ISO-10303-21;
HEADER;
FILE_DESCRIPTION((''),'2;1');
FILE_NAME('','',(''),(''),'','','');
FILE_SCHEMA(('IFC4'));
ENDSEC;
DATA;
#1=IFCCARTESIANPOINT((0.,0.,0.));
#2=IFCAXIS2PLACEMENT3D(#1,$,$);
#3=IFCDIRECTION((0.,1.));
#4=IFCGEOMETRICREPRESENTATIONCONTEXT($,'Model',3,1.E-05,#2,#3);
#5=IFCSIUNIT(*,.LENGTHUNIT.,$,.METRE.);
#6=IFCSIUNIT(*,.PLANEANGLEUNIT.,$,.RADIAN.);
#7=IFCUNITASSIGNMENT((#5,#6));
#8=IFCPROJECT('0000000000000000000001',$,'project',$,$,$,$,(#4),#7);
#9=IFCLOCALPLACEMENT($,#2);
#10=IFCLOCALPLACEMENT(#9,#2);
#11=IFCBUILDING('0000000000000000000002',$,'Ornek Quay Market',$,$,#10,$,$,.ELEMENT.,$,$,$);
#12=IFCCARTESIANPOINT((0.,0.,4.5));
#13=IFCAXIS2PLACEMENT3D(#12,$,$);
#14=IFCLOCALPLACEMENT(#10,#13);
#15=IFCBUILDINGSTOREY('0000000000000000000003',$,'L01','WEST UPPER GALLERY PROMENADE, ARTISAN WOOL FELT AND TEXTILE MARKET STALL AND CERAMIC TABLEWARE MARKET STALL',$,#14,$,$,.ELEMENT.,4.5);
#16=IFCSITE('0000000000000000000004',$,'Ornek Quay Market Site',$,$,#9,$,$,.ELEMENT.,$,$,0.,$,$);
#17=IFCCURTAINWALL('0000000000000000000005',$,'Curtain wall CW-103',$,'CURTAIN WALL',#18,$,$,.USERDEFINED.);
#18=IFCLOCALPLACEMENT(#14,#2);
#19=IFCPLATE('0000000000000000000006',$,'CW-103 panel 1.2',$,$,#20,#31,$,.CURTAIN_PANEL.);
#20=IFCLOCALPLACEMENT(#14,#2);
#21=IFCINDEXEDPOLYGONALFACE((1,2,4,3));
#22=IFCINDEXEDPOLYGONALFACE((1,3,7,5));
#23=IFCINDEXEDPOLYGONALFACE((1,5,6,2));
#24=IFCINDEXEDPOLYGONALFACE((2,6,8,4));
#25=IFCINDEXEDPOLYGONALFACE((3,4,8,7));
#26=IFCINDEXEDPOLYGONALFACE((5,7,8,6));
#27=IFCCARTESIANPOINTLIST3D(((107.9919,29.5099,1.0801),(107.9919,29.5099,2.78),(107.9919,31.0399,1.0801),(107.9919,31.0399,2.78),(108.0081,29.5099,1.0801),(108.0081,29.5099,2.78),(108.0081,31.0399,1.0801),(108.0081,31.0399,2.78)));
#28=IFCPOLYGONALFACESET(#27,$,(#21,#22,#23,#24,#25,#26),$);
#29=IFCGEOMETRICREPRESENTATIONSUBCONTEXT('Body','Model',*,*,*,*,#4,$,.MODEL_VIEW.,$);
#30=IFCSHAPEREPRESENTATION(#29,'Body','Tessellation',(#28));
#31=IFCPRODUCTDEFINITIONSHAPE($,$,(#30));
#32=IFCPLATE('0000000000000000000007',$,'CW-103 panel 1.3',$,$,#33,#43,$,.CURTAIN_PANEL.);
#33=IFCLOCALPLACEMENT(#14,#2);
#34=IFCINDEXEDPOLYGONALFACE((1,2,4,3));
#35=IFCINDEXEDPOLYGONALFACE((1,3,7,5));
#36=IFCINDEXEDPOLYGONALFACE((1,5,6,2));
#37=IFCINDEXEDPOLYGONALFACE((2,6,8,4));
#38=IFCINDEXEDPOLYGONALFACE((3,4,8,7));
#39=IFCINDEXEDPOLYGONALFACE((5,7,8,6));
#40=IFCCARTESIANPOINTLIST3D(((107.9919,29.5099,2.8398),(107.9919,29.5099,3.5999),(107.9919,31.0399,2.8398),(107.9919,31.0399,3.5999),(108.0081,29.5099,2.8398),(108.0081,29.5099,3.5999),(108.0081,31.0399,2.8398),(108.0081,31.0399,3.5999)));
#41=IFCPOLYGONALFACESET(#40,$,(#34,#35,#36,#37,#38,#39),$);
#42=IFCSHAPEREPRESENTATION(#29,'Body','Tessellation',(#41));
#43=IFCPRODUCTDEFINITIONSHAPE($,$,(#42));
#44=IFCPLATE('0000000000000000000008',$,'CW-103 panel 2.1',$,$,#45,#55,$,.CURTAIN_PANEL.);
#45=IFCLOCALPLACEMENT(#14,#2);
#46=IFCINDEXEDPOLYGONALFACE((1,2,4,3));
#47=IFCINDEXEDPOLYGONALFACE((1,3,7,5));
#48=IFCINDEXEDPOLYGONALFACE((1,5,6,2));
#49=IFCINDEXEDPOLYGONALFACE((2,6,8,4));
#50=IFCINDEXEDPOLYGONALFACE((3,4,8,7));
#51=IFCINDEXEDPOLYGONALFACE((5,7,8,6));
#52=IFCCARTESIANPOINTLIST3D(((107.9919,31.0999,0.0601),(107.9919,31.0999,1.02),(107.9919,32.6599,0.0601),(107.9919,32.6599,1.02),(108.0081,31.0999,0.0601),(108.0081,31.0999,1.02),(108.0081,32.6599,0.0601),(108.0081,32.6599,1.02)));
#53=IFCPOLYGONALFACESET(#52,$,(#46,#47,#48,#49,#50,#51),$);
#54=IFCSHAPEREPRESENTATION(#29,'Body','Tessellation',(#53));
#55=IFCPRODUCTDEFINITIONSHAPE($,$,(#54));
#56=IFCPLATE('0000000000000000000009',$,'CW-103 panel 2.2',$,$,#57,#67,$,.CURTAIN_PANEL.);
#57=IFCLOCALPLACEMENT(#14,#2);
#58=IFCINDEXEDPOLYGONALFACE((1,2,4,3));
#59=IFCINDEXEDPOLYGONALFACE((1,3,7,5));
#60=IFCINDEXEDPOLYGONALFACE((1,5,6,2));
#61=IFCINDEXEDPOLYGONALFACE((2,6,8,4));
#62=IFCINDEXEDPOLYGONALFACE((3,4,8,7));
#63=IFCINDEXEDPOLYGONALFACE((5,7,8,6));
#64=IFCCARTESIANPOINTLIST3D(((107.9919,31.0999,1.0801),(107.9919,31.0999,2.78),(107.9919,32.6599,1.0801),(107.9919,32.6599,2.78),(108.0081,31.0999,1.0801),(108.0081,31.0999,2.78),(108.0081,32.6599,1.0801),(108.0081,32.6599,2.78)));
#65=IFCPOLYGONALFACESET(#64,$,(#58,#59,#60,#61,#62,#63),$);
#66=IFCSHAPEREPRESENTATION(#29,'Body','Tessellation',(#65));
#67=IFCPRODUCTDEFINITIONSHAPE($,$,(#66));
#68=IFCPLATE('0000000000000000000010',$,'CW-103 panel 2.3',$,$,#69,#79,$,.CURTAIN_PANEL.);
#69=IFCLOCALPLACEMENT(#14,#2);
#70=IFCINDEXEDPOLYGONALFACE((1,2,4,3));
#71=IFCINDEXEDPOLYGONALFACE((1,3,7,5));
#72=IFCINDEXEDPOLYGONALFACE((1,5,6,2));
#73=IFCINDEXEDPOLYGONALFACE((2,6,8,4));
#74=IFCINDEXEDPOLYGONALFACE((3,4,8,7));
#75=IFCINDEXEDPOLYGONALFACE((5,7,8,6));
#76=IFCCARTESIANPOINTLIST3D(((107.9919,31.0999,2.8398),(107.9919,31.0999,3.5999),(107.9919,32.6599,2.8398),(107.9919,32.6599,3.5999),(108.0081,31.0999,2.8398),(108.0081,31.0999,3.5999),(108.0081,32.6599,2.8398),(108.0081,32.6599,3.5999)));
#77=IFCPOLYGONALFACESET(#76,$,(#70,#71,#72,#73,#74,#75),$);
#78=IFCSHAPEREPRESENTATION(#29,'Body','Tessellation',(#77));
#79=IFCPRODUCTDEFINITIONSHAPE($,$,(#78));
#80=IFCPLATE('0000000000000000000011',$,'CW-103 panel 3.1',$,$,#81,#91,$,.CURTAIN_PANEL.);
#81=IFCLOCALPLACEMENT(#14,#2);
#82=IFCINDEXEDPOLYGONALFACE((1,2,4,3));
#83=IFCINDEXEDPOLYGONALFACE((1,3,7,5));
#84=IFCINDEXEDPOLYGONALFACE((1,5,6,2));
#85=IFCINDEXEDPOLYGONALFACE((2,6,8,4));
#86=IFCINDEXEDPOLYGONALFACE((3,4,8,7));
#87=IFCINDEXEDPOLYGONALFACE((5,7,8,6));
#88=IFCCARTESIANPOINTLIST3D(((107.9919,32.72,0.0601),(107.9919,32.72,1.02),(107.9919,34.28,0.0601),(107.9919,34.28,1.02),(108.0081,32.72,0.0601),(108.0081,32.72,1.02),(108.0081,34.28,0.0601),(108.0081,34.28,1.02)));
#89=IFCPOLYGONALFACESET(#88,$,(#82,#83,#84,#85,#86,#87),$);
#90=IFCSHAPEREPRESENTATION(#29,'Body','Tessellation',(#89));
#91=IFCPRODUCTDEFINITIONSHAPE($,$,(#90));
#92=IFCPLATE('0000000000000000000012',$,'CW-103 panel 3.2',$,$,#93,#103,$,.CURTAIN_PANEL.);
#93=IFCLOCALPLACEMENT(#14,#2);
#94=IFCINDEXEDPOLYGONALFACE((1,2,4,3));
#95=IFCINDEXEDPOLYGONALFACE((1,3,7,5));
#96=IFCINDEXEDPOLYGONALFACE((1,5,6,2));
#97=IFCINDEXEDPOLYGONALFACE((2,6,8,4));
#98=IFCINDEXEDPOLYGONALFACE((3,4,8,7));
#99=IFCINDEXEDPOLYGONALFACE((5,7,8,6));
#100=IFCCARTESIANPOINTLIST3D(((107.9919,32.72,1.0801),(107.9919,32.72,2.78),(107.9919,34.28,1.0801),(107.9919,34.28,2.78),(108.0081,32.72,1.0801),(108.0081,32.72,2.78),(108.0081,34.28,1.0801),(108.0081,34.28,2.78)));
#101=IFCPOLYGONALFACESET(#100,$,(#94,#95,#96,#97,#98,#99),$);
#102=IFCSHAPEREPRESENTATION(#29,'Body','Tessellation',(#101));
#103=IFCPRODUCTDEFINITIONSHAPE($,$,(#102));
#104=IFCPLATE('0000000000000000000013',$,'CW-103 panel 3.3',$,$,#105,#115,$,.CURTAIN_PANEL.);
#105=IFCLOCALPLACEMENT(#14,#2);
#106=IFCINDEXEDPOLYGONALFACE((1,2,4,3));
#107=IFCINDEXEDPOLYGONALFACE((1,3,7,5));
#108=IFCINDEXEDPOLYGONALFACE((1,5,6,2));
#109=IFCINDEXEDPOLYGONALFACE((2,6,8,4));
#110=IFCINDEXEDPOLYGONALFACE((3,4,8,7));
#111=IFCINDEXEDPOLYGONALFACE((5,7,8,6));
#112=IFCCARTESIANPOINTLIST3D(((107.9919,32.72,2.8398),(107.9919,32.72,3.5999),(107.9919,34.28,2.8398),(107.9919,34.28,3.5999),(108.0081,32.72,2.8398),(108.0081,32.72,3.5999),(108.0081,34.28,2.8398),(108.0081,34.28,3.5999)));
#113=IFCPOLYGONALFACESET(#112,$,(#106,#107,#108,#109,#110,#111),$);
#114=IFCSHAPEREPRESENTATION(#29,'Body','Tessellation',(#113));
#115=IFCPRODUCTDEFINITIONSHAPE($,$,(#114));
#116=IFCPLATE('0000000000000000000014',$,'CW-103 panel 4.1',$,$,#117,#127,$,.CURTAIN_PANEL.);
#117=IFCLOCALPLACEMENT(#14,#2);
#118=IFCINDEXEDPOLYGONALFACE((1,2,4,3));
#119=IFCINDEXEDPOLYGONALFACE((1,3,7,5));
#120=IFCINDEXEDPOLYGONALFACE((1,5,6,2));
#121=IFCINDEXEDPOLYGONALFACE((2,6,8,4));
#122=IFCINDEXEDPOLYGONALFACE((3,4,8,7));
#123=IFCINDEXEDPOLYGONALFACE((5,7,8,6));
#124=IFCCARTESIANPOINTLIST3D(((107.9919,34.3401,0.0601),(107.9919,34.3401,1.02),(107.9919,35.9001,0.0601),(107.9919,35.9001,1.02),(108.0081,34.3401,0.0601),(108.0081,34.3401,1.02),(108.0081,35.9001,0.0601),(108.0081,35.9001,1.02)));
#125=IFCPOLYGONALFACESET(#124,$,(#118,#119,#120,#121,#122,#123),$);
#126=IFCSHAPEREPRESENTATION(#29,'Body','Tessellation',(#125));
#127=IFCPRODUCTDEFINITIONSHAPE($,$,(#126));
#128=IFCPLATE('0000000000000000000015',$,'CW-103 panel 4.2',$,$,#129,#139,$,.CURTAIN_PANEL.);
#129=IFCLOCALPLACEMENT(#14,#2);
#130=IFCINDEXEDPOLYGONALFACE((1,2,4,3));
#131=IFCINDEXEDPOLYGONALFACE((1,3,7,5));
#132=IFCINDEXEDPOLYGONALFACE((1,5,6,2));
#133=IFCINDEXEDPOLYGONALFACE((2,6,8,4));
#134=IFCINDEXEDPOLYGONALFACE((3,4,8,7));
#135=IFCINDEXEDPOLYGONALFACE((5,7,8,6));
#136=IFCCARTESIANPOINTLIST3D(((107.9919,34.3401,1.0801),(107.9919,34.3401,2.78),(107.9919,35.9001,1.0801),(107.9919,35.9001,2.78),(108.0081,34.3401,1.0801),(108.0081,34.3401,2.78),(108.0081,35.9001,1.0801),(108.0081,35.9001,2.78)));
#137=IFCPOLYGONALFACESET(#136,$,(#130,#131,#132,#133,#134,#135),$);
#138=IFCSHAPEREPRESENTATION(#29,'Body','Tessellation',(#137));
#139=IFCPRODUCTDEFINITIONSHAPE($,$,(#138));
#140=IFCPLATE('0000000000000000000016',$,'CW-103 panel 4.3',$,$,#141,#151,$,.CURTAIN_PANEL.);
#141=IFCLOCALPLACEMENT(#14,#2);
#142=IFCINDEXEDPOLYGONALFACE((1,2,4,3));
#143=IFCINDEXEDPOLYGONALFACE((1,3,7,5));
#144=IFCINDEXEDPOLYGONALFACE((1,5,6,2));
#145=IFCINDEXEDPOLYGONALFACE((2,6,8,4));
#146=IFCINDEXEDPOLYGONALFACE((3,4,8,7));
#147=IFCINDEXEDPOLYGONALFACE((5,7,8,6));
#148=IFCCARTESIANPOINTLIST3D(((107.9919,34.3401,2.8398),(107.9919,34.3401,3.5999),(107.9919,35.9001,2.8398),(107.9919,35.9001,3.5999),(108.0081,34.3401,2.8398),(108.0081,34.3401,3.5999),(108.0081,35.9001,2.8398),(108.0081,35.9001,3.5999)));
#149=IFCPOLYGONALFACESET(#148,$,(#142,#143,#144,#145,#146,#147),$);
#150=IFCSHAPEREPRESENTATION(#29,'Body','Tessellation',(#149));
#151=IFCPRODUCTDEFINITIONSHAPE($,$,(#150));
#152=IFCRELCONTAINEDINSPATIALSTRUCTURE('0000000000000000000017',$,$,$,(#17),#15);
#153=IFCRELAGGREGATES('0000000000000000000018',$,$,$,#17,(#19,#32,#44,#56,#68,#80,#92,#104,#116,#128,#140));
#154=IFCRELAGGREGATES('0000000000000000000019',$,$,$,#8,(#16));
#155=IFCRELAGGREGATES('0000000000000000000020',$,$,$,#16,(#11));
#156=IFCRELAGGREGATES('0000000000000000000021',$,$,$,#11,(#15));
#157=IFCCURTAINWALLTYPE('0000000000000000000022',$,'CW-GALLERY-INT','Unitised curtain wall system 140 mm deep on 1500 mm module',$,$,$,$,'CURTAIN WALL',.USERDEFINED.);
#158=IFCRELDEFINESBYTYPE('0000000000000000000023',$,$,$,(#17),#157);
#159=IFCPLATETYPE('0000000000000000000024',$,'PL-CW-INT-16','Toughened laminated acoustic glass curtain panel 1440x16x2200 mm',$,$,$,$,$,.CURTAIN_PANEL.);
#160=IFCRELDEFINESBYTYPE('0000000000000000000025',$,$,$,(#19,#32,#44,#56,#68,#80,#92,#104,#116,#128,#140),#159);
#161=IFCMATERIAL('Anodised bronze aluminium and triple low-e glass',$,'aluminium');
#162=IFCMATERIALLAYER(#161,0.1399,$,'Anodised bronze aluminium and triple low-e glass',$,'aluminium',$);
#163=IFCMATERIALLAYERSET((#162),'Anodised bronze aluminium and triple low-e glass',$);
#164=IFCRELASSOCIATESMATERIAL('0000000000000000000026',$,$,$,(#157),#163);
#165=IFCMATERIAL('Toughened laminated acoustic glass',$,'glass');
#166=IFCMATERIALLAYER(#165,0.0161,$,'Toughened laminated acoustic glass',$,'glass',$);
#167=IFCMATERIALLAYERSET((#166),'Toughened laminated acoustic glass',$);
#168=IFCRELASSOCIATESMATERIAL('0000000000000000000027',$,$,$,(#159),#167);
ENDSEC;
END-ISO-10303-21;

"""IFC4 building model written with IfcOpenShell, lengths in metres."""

from ifc_helpers import new_model, si_unit, direction, frame, origin, origin_2d, place, context, subcontext, project, spatial, rectangle, extrude, material, layer, layer_set, type_object, element, aggregate, save


model = new_model("IFC4")

# Units and contexts
model_context = context("Model", 3, precision=1e-05, world=origin(), true_north=direction((0.0, 1.0)))
body_context = subcontext(model_context, "Body", "Model", "MODEL_VIEW")
ifc_project = project(units=[si_unit("LENGTHUNIT", "METRE"), si_unit("PLANEANGLEUNIT", "RADIAN")], contexts=[model_context])

# Site, building, storey
site_placement = place(None, origin())
site = spatial("IfcSite", under=ifc_project, at=site_placement, Name="Ornek Quay Market Site", CompositionType="ELEMENT", RefElevation=0.0)
building_placement = place(site_placement, origin())
building = spatial("IfcBuilding", under=site, at=building_placement, Name="Ornek Quay Market", CompositionType="ELEMENT")
storey_placement = place(building_placement, frame((0.0, 0.0, 4.5)))
storey = spatial("IfcBuildingStorey", under=building, at=storey_placement, Name="L01", Description="WEST UPPER GALLERY PROMENADE, ARTISAN WOOL FELT AND TEXTILE MARKET STALL AND CERAMIC TABLEWARE MARKET STALL", CompositionType="ELEMENT", Elevation=4.5)

# Curtain wall, plates
ifc_material_1 = material(Name="Anodised bronze aluminium and triple low-e glass", Category="aluminium")
ifc_layer_1 = layer(ifc_material_1, 0.1399, Name="Anodised bronze aluminium and triple low-e glass", Category="aluminium")
ifc_layer_set_1 = layer_set([ifc_layer_1], Name="Anodised bronze aluminium and triple low-e glass")
curtain_wall_type = type_object("IfcCurtainWallType", Name="CW-GALLERY-INT", Description="Unitised curtain wall system 140 mm deep on 1500 mm module", ElementType="CURTAIN WALL", PredefinedType="USERDEFINED", material=ifc_layer_set_1)
curtain_wall_placement = place(storey_placement, origin())
curtain_wall = element("IfcCurtainWall", 1, at=curtain_wall_placement, inside=storey, type_object=curtain_wall_type, Name="Curtain wall CW-103", ObjectType="CURTAIN WALL", PredefinedType="USERDEFINED")
ifc_material_2 = material(Name="Toughened laminated acoustic glass", Category="glass")
ifc_layer_2 = layer(ifc_material_2, 0.0161, Name="Toughened laminated acoustic glass", Category="glass")
ifc_layer_set_2 = layer_set([ifc_layer_2], Name="Toughened laminated acoustic glass")
plate_type = type_object("IfcPlateType", Name="PL-CW-INT-16", Description="Toughened laminated acoustic glass curtain panel 1440x16x2200 mm", PredefinedType="CURTAIN_PANEL", material=ifc_layer_set_2)
plate_1_placement = place(storey_placement, frame((108.0, 30.2749, 1.0801), z_axis=(0.0, 0.0, 1.0), x_axis=(0.0, 1.0, 0.0)))
plate_1 = element("IfcPlate", 2, at=plate_1_placement, type_object=plate_type, Name="CW-103 panel 1.2", PredefinedType="CURTAIN_PANEL", context=body_context, shape_type="SweptSolid", body=[
    extrude(rectangle(XDim=1.53, YDim=0.0161, at=origin_2d()), origin(), (0.0, 0.0, 1.0), 1.7),
])
plate_2_placement = place(storey_placement, frame((108.0, 30.2749, 2.8398), z_axis=(0.0, 0.0, 1.0), x_axis=(0.0, 1.0, 0.0)))
plate_2 = element("IfcPlate", 3, at=plate_2_placement, type_object=plate_type, Name="CW-103 panel 1.3", PredefinedType="CURTAIN_PANEL", context=body_context, shape_type="SweptSolid", body=[
    extrude(rectangle(XDim=1.53, YDim=0.0161, at=origin_2d()), origin(), (0.0, 0.0, 1.0), 0.76),
])
plate_3_placement = place(storey_placement, frame((108.0, 31.8799, 0.0601), z_axis=(0.0, 0.0, 1.0), x_axis=(0.0, 1.0, 0.0)))
plate_3 = element("IfcPlate", 4, at=plate_3_placement, type_object=plate_type, Name="CW-103 panel 2.1", PredefinedType="CURTAIN_PANEL", context=body_context, shape_type="SweptSolid", body=[
    extrude(rectangle(XDim=1.5601, YDim=0.0161, at=origin_2d()), origin(), (0.0, 0.0, 1.0), 0.96),
])
plate_4_placement = place(storey_placement, frame((108.0, 31.8799, 1.0801), z_axis=(0.0, 0.0, 1.0), x_axis=(0.0, 1.0, 0.0)))
plate_4 = element("IfcPlate", 5, at=plate_4_placement, type_object=plate_type, Name="CW-103 panel 2.2", PredefinedType="CURTAIN_PANEL", context=body_context, shape_type="SweptSolid", body=[
    extrude(rectangle(XDim=1.5601, YDim=0.0161, at=origin_2d()), origin(), (0.0, 0.0, 1.0), 1.7),
])
plate_5_placement = place(storey_placement, frame((108.0, 31.8799, 2.8398), z_axis=(0.0, 0.0, 1.0), x_axis=(0.0, 1.0, 0.0)))
plate_5 = element("IfcPlate", 6, at=plate_5_placement, type_object=plate_type, Name="CW-103 panel 2.3", PredefinedType="CURTAIN_PANEL", context=body_context, shape_type="SweptSolid", body=[
    extrude(rectangle(XDim=1.5601, YDim=0.0161, at=origin_2d()), origin(), (0.0, 0.0, 1.0), 0.76),
])
plate_6_placement = place(storey_placement, frame((108.0, 33.5, 0.0601), z_axis=(0.0, 0.0, 1.0), x_axis=(0.0, 1.0, 0.0)))
plate_6 = element("IfcPlate", 7, at=plate_6_placement, type_object=plate_type, Name="CW-103 panel 3.1", PredefinedType="CURTAIN_PANEL", context=body_context, shape_type="SweptSolid", body=[
    extrude(rectangle(XDim=1.5601, YDim=0.0161, at=origin_2d()), origin(), (0.0, 0.0, 1.0), 0.96),
])
plate_7_placement = place(storey_placement, frame((108.0, 33.5, 1.0801), z_axis=(0.0, 0.0, 1.0), x_axis=(0.0, 1.0, 0.0)))
plate_7 = element("IfcPlate", 8, at=plate_7_placement, type_object=plate_type, Name="CW-103 panel 3.2", PredefinedType="CURTAIN_PANEL", context=body_context, shape_type="SweptSolid", body=[
    extrude(rectangle(XDim=1.5601, YDim=0.0161, at=origin_2d()), origin(), (0.0, 0.0, 1.0), 1.7),
])
plate_8_placement = place(storey_placement, frame((108.0, 33.5, 2.8398), z_axis=(0.0, 0.0, 1.0), x_axis=(0.0, 1.0, 0.0)))
plate_8 = element("IfcPlate", 9, at=plate_8_placement, type_object=plate_type, Name="CW-103 panel 3.3", PredefinedType="CURTAIN_PANEL", context=body_context, shape_type="SweptSolid", body=[
    extrude(rectangle(XDim=1.5601, YDim=0.0161, at=origin_2d()), origin(), (0.0, 0.0, 1.0), 0.76),
])
plate_9_placement = place(storey_placement, frame((108.0, 35.1201, 0.0601), z_axis=(0.0, 0.0, 1.0), x_axis=(0.0, 1.0, 0.0)))
plate_9 = element("IfcPlate", 10, at=plate_9_placement, type_object=plate_type, Name="CW-103 panel 4.1", PredefinedType="CURTAIN_PANEL", context=body_context, shape_type="SweptSolid", body=[
    extrude(rectangle(XDim=1.5601, YDim=0.0161, at=origin_2d()), origin(), (0.0, 0.0, 1.0), 0.96),
])
plate_10_placement = place(storey_placement, frame((108.0, 35.1201, 1.0801), z_axis=(0.0, 0.0, 1.0), x_axis=(0.0, 1.0, 0.0)))
plate_10 = element("IfcPlate", 11, at=plate_10_placement, type_object=plate_type, Name="CW-103 panel 4.2", PredefinedType="CURTAIN_PANEL", context=body_context, shape_type="SweptSolid", body=[
    extrude(rectangle(XDim=1.5601, YDim=0.0161, at=origin_2d()), origin(), (0.0, 0.0, 1.0), 1.7),
])
plate_11_placement = place(storey_placement, frame((108.0, 35.1201, 2.8398), z_axis=(0.0, 0.0, 1.0), x_axis=(0.0, 1.0, 0.0)))
plate_11 = element("IfcPlate", 12, at=plate_11_placement, type_object=plate_type, Name="CW-103 panel 4.3", PredefinedType="CURTAIN_PANEL", context=body_context, shape_type="SweptSolid", body=[
    extrude(rectangle(XDim=1.5601, YDim=0.0161, at=origin_2d()), origin(), (0.0, 0.0, 1.0), 0.76),
])
aggregate(curtain_wall, [plate_1, plate_2, plate_3, plate_4, plate_5, plate_6, plate_7, plate_8, plate_9, plate_10, plate_11])

save(model, "model.ifc")
